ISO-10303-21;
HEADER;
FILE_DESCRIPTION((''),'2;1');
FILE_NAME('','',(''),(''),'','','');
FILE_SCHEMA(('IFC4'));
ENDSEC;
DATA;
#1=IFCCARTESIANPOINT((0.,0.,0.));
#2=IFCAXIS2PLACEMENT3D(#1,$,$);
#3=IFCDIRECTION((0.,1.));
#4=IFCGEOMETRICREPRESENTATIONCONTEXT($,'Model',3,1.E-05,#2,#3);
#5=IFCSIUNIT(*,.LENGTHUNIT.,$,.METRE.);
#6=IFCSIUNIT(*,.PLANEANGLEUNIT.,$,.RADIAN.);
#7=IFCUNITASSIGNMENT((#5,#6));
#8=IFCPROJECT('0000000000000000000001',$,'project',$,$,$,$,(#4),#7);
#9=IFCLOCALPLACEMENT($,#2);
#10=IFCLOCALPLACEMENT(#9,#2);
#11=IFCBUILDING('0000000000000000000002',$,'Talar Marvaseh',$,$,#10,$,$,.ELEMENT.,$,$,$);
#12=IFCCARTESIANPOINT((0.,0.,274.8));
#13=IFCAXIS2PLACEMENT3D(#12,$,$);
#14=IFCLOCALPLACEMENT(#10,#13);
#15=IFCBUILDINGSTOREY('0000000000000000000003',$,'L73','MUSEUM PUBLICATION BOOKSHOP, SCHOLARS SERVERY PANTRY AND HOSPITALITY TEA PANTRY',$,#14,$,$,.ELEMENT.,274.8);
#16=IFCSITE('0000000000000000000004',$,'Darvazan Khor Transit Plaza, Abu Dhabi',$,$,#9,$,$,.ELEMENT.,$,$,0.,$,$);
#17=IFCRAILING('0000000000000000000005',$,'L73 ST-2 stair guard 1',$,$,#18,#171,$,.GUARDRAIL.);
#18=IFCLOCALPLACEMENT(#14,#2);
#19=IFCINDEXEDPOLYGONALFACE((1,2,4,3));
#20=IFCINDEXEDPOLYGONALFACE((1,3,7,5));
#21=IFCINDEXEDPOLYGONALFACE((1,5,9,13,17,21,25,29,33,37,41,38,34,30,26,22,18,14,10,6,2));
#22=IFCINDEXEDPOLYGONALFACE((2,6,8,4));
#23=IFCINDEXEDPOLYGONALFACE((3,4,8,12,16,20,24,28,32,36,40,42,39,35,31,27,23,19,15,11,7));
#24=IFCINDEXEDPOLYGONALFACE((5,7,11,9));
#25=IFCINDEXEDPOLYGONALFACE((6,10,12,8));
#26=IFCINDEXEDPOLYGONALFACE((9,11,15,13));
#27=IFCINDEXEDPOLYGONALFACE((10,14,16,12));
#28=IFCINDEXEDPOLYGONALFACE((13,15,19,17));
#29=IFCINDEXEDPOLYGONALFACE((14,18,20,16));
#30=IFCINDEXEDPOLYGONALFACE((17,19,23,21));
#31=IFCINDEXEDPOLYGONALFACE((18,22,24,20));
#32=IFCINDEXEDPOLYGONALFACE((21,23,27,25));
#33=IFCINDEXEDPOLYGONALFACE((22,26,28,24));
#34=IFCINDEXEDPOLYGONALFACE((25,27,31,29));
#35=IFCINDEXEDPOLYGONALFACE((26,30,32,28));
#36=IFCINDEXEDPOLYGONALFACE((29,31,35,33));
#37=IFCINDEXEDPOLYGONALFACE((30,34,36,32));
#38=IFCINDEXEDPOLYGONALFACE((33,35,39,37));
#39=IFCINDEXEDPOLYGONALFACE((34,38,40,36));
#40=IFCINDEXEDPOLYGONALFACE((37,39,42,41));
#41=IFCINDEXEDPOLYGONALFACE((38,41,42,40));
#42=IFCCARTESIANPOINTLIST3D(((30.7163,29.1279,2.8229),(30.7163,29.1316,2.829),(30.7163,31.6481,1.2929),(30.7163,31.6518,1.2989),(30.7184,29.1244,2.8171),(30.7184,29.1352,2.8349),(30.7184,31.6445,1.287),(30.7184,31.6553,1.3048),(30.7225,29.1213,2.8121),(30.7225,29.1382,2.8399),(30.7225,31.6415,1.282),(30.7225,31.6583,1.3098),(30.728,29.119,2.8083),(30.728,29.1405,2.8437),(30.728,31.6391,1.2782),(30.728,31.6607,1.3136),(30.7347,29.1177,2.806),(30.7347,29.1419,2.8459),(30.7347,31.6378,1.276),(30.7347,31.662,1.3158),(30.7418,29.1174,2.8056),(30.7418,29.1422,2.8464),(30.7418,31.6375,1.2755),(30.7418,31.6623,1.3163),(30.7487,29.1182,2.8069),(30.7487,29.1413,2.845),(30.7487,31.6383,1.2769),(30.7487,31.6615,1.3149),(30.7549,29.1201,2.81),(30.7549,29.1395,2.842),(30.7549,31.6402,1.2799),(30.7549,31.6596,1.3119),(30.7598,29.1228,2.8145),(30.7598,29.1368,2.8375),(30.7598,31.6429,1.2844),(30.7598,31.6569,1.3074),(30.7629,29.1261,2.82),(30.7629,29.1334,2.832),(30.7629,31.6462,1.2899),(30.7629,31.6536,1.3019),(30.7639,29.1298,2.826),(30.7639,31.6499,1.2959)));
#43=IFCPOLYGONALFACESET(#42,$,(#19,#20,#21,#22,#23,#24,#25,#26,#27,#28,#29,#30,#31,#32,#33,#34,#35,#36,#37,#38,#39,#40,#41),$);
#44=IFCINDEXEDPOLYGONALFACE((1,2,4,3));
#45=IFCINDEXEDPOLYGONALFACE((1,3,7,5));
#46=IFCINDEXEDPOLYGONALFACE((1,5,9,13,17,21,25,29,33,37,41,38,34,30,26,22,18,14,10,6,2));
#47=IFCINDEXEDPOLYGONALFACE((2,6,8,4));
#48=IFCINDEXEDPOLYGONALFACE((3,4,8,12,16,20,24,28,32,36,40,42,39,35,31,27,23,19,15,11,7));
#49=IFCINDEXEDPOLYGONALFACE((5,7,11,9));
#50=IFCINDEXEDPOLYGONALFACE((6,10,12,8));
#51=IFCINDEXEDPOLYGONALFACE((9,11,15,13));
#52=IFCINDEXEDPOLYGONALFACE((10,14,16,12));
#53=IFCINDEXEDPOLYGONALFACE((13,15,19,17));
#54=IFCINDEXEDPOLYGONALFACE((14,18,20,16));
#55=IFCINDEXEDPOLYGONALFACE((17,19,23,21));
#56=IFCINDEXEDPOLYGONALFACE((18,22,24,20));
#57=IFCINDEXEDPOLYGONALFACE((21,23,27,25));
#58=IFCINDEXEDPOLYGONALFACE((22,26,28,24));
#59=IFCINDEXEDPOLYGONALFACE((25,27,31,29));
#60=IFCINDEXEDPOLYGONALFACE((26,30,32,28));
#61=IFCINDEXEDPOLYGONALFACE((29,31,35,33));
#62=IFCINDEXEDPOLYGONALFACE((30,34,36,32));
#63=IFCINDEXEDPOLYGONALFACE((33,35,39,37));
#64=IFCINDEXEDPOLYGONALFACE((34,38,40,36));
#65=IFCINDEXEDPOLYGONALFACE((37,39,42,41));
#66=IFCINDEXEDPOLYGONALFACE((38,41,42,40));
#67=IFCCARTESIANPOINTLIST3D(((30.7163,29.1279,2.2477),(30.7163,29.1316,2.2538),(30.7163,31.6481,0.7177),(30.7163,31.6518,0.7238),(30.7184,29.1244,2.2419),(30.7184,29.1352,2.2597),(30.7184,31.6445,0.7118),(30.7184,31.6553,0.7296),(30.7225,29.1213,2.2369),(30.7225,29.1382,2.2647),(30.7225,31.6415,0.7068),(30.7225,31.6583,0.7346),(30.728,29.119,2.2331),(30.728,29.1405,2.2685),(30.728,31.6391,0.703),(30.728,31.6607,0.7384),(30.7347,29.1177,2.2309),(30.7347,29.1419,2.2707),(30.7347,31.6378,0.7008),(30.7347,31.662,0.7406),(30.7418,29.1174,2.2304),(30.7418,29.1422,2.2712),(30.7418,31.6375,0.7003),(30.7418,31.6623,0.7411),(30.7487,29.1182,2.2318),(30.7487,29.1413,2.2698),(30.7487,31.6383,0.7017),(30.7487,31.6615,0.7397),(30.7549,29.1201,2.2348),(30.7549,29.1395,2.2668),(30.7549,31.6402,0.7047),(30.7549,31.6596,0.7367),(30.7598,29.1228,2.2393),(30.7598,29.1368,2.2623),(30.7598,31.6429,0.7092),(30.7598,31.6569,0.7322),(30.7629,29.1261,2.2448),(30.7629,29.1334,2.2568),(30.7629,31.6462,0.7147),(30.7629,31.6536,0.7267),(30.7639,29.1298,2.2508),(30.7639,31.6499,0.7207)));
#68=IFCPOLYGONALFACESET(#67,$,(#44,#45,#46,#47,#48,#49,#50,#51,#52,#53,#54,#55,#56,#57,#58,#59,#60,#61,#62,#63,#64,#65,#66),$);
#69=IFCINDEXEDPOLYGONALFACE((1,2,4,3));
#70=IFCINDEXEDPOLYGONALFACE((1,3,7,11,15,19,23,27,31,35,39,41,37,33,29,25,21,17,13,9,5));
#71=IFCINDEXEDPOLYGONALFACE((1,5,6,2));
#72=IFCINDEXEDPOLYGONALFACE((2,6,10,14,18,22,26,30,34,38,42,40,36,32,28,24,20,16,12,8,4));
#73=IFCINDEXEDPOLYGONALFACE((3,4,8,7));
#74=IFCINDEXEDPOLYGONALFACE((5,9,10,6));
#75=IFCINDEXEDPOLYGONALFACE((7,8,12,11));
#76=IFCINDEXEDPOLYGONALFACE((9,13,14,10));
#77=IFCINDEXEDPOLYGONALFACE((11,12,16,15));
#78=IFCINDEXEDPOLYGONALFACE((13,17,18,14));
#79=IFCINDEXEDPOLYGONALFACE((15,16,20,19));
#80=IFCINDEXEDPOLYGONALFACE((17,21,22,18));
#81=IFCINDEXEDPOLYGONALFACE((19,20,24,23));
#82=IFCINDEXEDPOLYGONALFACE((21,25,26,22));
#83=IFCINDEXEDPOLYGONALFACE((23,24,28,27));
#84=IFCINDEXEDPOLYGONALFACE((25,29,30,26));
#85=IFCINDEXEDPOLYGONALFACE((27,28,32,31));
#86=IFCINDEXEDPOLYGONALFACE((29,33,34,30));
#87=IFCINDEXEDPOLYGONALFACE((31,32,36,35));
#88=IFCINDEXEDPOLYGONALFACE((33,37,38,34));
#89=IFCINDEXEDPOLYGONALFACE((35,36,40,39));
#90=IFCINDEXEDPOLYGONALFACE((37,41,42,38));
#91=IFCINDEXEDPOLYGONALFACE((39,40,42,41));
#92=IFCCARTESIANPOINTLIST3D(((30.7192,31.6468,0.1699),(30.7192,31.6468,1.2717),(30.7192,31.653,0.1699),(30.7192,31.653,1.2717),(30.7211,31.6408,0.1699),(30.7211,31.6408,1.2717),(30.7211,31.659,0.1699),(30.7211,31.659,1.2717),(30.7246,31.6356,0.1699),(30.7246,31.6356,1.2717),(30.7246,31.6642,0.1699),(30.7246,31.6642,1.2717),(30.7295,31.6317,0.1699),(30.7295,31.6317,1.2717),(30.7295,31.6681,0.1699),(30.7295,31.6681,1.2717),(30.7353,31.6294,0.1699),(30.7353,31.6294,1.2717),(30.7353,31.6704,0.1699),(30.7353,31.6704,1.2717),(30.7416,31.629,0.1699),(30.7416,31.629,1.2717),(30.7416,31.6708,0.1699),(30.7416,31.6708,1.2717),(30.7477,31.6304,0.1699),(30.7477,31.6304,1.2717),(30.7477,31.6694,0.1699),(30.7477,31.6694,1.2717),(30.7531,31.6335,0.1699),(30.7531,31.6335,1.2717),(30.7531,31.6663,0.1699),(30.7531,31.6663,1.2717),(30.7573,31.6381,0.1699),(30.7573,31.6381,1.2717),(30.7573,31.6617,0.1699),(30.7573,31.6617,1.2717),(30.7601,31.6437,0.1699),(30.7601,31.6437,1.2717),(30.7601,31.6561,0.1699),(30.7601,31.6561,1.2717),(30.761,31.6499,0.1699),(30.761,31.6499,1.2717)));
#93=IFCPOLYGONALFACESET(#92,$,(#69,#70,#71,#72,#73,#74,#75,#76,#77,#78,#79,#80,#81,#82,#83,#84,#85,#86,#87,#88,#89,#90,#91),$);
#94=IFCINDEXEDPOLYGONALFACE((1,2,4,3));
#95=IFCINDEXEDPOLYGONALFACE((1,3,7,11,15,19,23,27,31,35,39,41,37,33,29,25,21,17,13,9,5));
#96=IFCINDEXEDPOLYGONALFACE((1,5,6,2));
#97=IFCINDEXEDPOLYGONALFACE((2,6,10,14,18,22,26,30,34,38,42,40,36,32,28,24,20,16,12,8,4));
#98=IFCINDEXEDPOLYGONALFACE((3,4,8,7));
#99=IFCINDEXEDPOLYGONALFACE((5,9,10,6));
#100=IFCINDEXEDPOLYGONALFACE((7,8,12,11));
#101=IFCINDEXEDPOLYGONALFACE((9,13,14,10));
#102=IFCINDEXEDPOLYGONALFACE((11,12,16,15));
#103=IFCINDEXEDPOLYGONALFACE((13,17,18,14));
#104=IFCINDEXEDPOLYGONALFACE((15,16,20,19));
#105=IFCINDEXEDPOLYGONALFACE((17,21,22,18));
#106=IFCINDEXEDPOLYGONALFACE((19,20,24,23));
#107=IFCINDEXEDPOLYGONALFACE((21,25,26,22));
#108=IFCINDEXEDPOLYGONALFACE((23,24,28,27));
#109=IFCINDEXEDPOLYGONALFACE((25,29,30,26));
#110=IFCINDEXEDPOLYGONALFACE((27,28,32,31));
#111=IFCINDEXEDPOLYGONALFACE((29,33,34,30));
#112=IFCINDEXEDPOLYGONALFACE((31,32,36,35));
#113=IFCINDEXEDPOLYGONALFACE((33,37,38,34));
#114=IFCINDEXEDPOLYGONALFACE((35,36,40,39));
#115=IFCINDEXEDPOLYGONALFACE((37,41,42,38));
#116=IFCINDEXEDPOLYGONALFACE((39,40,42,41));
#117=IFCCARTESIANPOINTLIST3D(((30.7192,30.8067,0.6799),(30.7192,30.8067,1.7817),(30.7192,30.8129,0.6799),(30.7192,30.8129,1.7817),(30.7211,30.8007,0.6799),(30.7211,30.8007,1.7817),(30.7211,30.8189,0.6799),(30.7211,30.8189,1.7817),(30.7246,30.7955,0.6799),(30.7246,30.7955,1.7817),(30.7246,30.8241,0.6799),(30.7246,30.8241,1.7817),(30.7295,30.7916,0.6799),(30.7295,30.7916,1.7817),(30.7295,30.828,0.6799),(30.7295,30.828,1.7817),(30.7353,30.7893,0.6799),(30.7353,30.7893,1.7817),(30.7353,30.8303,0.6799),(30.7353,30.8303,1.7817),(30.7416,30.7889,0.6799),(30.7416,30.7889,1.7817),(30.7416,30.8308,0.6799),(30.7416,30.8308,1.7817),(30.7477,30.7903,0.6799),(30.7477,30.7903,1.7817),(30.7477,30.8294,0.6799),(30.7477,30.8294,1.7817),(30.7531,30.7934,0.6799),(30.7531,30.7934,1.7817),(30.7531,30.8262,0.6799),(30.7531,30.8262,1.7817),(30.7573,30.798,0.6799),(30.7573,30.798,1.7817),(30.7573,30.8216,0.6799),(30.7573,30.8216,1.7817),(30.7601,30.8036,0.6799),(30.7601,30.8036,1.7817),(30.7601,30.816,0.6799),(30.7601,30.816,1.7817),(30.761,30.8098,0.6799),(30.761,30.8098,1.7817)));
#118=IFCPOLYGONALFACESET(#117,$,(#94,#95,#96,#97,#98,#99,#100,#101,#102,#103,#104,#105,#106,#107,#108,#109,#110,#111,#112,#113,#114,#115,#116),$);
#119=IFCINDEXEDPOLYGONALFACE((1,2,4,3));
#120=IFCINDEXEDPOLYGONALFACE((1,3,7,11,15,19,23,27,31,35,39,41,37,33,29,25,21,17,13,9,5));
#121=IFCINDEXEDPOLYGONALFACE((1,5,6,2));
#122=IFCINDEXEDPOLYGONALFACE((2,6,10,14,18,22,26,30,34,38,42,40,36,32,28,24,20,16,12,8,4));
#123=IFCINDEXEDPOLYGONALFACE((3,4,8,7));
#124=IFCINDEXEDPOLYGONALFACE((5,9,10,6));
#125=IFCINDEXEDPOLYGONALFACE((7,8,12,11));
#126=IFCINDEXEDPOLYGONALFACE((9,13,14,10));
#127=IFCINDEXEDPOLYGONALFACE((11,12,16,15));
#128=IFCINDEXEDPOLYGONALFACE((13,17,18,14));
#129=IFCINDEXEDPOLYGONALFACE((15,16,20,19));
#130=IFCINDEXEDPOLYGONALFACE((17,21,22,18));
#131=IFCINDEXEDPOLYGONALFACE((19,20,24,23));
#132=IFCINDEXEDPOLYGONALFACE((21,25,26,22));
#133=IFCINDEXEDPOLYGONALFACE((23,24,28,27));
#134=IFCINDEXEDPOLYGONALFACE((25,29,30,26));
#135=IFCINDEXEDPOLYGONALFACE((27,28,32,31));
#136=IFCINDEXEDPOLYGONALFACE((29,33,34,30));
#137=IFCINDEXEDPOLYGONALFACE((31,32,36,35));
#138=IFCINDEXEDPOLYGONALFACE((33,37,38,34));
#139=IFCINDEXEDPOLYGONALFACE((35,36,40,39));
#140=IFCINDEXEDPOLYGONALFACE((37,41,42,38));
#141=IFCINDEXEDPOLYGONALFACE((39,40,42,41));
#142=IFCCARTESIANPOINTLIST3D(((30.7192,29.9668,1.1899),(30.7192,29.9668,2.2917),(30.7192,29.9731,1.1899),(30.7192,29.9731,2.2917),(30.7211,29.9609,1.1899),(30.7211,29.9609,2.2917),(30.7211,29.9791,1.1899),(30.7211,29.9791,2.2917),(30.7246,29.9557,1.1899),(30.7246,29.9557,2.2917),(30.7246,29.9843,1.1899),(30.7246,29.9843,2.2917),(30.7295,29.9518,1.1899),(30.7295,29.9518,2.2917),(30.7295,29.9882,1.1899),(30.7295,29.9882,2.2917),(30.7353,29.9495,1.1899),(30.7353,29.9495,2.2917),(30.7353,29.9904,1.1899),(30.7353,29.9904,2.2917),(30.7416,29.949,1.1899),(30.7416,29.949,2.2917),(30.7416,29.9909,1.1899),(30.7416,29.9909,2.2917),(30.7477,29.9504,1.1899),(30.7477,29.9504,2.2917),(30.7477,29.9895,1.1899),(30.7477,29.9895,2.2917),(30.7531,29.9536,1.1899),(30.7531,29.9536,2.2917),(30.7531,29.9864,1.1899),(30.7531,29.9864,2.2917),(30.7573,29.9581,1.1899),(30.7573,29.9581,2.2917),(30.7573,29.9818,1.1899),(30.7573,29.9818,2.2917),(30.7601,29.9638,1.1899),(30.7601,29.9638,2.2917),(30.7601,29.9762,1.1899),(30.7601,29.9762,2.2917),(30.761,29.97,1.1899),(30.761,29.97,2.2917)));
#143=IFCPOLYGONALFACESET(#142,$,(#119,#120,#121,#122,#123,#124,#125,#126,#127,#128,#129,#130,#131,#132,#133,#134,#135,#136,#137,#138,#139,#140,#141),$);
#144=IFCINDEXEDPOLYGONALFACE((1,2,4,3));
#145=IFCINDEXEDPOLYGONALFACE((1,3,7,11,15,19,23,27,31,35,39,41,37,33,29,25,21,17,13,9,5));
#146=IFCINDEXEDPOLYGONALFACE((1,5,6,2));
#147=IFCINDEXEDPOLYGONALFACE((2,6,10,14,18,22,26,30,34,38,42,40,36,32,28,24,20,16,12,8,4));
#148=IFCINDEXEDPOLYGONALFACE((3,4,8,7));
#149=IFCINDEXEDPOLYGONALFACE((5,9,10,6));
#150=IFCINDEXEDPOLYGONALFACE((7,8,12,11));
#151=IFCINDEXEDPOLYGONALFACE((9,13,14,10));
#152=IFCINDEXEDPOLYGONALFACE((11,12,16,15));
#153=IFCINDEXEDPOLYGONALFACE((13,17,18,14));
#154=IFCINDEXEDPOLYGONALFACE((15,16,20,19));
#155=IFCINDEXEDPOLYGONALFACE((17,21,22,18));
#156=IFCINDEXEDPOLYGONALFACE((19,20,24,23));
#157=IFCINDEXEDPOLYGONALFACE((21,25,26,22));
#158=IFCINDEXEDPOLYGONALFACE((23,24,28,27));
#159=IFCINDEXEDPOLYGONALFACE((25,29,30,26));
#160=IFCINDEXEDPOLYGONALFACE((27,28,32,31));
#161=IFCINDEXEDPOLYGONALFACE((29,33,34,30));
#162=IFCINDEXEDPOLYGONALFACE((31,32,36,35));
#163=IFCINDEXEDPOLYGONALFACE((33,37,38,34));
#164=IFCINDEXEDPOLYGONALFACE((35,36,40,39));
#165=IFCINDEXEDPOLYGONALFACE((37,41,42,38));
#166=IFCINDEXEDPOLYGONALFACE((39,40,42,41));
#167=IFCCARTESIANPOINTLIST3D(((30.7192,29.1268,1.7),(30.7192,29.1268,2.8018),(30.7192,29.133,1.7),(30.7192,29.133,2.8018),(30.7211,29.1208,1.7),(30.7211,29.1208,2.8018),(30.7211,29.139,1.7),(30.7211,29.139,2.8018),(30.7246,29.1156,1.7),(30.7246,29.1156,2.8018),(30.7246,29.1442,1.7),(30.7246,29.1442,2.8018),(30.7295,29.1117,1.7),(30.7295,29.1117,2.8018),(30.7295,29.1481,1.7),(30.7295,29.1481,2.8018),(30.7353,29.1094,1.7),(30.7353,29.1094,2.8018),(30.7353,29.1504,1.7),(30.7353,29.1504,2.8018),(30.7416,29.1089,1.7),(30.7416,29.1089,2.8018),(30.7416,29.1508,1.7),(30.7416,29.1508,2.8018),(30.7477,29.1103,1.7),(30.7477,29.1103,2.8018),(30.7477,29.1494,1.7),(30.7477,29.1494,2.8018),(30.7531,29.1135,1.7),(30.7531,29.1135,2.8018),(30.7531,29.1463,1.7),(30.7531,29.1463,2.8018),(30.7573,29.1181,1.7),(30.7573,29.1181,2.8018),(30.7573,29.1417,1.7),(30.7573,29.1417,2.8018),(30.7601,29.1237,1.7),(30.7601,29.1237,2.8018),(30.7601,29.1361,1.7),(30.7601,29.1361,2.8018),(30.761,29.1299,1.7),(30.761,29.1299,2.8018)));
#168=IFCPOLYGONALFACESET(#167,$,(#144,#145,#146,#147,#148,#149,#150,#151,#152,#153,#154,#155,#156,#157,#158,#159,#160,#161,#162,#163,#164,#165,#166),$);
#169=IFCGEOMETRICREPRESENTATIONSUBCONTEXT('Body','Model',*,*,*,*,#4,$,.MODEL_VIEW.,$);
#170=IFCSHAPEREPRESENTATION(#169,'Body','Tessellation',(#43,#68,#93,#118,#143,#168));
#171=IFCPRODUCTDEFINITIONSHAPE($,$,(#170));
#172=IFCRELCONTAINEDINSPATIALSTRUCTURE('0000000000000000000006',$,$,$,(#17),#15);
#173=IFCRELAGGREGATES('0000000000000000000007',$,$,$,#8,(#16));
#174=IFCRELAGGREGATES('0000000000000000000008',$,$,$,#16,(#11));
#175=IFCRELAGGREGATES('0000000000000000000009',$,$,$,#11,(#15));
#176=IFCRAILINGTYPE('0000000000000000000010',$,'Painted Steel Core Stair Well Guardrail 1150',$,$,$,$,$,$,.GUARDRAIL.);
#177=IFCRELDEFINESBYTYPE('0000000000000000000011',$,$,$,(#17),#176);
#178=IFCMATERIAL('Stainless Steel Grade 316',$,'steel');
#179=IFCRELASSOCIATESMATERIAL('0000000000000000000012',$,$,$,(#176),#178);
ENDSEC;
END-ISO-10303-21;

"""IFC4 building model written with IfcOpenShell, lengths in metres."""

from ifc_helpers import new_model, si_unit, direction, frame, origin, origin_2d, place, context, subcontext, project, spatial, circle, extrude, material, type_object, element, save


model = new_model("IFC4")

# Units and contexts
model_context = context("Model", 3, precision=1e-05, world=origin(), true_north=direction((0.0, 1.0)))
body_context = subcontext(model_context, "Body", "Model", "MODEL_VIEW")
ifc_project = project(units=[si_unit("LENGTHUNIT", "METRE"), si_unit("PLANEANGLEUNIT", "RADIAN")], contexts=[model_context])

# Site, building, storey
site_placement = place(None, origin())
site = spatial("IfcSite", under=ifc_project, at=site_placement, Name="Darvazan Khor Transit Plaza, Abu Dhabi", CompositionType="ELEMENT", RefElevation=0.0)
building_placement = place(site_placement, origin())
building = spatial("IfcBuilding", under=site, at=building_placement, Name="Talar Marvaseh", CompositionType="ELEMENT")
storey_placement = place(building_placement, frame((0.0, 0.0, 274.8)))
storey = spatial("IfcBuildingStorey", under=building, at=storey_placement, Name="L73", Description="MUSEUM PUBLICATION BOOKSHOP, SCHOLARS SERVERY PANTRY AND HOSPITALITY TEA PANTRY", CompositionType="ELEMENT", Elevation=274.8)

# Shared definitions
ifc_material_1 = material(Name="Stainless Steel Grade 316", Category="steel")

# Railing
railing_type_1 = type_object("IfcRailingType", Name="Painted Steel Core Stair Well Guardrail 1150", PredefinedType="GUARDRAIL", material=ifc_material_1)
railing_1_placement = place(storey_placement, frame((30.74, 31.6499, 0.1699)))
element("IfcRailing", 1, at=railing_1_placement, inside=storey, type_object=railing_type_1, Name="L73 ST-2 stair guard 1", PredefinedType="GUARDRAIL", context=body_context, shape_type="SweptSolid", body=[
    extrude(circle(Radius=0.0239, at=origin_2d()), frame((0.0, 0.0, 1.126), z_axis=(0.0, -0.854785, 0.518982), x_axis=(1.0, 0.0, 0.0)), (0.0, 0.0, 1.0), 2.9482),
    extrude(circle(Radius=0.0239, at=origin_2d()), frame((0.0, 0.0, 0.5508), z_axis=(0.0, -0.854785, 0.518982), x_axis=(1.0, 0.0, 0.0)), (0.0, 0.0, 1.0), 2.9482),
    extrude(circle(Radius=0.021, at=origin_2d()), origin(), (0.0, 0.0, 1.0), 1.1018),
    extrude(circle(Radius=0.021, at=origin_2d()), frame((0.0, -0.8401, 0.51)), (0.0, 0.0, 1.0), 1.1018),
    extrude(circle(Radius=0.021, at=origin_2d()), frame((0.0, -1.6799, 1.02)), (0.0, 0.0, 1.0), 1.1018),
    extrude(circle(Radius=0.021, at=origin_2d()), frame((0.0, -2.52, 1.53)), (0.0, 0.0, 1.0), 1.1018),
])

save(model, "model.ifc")
